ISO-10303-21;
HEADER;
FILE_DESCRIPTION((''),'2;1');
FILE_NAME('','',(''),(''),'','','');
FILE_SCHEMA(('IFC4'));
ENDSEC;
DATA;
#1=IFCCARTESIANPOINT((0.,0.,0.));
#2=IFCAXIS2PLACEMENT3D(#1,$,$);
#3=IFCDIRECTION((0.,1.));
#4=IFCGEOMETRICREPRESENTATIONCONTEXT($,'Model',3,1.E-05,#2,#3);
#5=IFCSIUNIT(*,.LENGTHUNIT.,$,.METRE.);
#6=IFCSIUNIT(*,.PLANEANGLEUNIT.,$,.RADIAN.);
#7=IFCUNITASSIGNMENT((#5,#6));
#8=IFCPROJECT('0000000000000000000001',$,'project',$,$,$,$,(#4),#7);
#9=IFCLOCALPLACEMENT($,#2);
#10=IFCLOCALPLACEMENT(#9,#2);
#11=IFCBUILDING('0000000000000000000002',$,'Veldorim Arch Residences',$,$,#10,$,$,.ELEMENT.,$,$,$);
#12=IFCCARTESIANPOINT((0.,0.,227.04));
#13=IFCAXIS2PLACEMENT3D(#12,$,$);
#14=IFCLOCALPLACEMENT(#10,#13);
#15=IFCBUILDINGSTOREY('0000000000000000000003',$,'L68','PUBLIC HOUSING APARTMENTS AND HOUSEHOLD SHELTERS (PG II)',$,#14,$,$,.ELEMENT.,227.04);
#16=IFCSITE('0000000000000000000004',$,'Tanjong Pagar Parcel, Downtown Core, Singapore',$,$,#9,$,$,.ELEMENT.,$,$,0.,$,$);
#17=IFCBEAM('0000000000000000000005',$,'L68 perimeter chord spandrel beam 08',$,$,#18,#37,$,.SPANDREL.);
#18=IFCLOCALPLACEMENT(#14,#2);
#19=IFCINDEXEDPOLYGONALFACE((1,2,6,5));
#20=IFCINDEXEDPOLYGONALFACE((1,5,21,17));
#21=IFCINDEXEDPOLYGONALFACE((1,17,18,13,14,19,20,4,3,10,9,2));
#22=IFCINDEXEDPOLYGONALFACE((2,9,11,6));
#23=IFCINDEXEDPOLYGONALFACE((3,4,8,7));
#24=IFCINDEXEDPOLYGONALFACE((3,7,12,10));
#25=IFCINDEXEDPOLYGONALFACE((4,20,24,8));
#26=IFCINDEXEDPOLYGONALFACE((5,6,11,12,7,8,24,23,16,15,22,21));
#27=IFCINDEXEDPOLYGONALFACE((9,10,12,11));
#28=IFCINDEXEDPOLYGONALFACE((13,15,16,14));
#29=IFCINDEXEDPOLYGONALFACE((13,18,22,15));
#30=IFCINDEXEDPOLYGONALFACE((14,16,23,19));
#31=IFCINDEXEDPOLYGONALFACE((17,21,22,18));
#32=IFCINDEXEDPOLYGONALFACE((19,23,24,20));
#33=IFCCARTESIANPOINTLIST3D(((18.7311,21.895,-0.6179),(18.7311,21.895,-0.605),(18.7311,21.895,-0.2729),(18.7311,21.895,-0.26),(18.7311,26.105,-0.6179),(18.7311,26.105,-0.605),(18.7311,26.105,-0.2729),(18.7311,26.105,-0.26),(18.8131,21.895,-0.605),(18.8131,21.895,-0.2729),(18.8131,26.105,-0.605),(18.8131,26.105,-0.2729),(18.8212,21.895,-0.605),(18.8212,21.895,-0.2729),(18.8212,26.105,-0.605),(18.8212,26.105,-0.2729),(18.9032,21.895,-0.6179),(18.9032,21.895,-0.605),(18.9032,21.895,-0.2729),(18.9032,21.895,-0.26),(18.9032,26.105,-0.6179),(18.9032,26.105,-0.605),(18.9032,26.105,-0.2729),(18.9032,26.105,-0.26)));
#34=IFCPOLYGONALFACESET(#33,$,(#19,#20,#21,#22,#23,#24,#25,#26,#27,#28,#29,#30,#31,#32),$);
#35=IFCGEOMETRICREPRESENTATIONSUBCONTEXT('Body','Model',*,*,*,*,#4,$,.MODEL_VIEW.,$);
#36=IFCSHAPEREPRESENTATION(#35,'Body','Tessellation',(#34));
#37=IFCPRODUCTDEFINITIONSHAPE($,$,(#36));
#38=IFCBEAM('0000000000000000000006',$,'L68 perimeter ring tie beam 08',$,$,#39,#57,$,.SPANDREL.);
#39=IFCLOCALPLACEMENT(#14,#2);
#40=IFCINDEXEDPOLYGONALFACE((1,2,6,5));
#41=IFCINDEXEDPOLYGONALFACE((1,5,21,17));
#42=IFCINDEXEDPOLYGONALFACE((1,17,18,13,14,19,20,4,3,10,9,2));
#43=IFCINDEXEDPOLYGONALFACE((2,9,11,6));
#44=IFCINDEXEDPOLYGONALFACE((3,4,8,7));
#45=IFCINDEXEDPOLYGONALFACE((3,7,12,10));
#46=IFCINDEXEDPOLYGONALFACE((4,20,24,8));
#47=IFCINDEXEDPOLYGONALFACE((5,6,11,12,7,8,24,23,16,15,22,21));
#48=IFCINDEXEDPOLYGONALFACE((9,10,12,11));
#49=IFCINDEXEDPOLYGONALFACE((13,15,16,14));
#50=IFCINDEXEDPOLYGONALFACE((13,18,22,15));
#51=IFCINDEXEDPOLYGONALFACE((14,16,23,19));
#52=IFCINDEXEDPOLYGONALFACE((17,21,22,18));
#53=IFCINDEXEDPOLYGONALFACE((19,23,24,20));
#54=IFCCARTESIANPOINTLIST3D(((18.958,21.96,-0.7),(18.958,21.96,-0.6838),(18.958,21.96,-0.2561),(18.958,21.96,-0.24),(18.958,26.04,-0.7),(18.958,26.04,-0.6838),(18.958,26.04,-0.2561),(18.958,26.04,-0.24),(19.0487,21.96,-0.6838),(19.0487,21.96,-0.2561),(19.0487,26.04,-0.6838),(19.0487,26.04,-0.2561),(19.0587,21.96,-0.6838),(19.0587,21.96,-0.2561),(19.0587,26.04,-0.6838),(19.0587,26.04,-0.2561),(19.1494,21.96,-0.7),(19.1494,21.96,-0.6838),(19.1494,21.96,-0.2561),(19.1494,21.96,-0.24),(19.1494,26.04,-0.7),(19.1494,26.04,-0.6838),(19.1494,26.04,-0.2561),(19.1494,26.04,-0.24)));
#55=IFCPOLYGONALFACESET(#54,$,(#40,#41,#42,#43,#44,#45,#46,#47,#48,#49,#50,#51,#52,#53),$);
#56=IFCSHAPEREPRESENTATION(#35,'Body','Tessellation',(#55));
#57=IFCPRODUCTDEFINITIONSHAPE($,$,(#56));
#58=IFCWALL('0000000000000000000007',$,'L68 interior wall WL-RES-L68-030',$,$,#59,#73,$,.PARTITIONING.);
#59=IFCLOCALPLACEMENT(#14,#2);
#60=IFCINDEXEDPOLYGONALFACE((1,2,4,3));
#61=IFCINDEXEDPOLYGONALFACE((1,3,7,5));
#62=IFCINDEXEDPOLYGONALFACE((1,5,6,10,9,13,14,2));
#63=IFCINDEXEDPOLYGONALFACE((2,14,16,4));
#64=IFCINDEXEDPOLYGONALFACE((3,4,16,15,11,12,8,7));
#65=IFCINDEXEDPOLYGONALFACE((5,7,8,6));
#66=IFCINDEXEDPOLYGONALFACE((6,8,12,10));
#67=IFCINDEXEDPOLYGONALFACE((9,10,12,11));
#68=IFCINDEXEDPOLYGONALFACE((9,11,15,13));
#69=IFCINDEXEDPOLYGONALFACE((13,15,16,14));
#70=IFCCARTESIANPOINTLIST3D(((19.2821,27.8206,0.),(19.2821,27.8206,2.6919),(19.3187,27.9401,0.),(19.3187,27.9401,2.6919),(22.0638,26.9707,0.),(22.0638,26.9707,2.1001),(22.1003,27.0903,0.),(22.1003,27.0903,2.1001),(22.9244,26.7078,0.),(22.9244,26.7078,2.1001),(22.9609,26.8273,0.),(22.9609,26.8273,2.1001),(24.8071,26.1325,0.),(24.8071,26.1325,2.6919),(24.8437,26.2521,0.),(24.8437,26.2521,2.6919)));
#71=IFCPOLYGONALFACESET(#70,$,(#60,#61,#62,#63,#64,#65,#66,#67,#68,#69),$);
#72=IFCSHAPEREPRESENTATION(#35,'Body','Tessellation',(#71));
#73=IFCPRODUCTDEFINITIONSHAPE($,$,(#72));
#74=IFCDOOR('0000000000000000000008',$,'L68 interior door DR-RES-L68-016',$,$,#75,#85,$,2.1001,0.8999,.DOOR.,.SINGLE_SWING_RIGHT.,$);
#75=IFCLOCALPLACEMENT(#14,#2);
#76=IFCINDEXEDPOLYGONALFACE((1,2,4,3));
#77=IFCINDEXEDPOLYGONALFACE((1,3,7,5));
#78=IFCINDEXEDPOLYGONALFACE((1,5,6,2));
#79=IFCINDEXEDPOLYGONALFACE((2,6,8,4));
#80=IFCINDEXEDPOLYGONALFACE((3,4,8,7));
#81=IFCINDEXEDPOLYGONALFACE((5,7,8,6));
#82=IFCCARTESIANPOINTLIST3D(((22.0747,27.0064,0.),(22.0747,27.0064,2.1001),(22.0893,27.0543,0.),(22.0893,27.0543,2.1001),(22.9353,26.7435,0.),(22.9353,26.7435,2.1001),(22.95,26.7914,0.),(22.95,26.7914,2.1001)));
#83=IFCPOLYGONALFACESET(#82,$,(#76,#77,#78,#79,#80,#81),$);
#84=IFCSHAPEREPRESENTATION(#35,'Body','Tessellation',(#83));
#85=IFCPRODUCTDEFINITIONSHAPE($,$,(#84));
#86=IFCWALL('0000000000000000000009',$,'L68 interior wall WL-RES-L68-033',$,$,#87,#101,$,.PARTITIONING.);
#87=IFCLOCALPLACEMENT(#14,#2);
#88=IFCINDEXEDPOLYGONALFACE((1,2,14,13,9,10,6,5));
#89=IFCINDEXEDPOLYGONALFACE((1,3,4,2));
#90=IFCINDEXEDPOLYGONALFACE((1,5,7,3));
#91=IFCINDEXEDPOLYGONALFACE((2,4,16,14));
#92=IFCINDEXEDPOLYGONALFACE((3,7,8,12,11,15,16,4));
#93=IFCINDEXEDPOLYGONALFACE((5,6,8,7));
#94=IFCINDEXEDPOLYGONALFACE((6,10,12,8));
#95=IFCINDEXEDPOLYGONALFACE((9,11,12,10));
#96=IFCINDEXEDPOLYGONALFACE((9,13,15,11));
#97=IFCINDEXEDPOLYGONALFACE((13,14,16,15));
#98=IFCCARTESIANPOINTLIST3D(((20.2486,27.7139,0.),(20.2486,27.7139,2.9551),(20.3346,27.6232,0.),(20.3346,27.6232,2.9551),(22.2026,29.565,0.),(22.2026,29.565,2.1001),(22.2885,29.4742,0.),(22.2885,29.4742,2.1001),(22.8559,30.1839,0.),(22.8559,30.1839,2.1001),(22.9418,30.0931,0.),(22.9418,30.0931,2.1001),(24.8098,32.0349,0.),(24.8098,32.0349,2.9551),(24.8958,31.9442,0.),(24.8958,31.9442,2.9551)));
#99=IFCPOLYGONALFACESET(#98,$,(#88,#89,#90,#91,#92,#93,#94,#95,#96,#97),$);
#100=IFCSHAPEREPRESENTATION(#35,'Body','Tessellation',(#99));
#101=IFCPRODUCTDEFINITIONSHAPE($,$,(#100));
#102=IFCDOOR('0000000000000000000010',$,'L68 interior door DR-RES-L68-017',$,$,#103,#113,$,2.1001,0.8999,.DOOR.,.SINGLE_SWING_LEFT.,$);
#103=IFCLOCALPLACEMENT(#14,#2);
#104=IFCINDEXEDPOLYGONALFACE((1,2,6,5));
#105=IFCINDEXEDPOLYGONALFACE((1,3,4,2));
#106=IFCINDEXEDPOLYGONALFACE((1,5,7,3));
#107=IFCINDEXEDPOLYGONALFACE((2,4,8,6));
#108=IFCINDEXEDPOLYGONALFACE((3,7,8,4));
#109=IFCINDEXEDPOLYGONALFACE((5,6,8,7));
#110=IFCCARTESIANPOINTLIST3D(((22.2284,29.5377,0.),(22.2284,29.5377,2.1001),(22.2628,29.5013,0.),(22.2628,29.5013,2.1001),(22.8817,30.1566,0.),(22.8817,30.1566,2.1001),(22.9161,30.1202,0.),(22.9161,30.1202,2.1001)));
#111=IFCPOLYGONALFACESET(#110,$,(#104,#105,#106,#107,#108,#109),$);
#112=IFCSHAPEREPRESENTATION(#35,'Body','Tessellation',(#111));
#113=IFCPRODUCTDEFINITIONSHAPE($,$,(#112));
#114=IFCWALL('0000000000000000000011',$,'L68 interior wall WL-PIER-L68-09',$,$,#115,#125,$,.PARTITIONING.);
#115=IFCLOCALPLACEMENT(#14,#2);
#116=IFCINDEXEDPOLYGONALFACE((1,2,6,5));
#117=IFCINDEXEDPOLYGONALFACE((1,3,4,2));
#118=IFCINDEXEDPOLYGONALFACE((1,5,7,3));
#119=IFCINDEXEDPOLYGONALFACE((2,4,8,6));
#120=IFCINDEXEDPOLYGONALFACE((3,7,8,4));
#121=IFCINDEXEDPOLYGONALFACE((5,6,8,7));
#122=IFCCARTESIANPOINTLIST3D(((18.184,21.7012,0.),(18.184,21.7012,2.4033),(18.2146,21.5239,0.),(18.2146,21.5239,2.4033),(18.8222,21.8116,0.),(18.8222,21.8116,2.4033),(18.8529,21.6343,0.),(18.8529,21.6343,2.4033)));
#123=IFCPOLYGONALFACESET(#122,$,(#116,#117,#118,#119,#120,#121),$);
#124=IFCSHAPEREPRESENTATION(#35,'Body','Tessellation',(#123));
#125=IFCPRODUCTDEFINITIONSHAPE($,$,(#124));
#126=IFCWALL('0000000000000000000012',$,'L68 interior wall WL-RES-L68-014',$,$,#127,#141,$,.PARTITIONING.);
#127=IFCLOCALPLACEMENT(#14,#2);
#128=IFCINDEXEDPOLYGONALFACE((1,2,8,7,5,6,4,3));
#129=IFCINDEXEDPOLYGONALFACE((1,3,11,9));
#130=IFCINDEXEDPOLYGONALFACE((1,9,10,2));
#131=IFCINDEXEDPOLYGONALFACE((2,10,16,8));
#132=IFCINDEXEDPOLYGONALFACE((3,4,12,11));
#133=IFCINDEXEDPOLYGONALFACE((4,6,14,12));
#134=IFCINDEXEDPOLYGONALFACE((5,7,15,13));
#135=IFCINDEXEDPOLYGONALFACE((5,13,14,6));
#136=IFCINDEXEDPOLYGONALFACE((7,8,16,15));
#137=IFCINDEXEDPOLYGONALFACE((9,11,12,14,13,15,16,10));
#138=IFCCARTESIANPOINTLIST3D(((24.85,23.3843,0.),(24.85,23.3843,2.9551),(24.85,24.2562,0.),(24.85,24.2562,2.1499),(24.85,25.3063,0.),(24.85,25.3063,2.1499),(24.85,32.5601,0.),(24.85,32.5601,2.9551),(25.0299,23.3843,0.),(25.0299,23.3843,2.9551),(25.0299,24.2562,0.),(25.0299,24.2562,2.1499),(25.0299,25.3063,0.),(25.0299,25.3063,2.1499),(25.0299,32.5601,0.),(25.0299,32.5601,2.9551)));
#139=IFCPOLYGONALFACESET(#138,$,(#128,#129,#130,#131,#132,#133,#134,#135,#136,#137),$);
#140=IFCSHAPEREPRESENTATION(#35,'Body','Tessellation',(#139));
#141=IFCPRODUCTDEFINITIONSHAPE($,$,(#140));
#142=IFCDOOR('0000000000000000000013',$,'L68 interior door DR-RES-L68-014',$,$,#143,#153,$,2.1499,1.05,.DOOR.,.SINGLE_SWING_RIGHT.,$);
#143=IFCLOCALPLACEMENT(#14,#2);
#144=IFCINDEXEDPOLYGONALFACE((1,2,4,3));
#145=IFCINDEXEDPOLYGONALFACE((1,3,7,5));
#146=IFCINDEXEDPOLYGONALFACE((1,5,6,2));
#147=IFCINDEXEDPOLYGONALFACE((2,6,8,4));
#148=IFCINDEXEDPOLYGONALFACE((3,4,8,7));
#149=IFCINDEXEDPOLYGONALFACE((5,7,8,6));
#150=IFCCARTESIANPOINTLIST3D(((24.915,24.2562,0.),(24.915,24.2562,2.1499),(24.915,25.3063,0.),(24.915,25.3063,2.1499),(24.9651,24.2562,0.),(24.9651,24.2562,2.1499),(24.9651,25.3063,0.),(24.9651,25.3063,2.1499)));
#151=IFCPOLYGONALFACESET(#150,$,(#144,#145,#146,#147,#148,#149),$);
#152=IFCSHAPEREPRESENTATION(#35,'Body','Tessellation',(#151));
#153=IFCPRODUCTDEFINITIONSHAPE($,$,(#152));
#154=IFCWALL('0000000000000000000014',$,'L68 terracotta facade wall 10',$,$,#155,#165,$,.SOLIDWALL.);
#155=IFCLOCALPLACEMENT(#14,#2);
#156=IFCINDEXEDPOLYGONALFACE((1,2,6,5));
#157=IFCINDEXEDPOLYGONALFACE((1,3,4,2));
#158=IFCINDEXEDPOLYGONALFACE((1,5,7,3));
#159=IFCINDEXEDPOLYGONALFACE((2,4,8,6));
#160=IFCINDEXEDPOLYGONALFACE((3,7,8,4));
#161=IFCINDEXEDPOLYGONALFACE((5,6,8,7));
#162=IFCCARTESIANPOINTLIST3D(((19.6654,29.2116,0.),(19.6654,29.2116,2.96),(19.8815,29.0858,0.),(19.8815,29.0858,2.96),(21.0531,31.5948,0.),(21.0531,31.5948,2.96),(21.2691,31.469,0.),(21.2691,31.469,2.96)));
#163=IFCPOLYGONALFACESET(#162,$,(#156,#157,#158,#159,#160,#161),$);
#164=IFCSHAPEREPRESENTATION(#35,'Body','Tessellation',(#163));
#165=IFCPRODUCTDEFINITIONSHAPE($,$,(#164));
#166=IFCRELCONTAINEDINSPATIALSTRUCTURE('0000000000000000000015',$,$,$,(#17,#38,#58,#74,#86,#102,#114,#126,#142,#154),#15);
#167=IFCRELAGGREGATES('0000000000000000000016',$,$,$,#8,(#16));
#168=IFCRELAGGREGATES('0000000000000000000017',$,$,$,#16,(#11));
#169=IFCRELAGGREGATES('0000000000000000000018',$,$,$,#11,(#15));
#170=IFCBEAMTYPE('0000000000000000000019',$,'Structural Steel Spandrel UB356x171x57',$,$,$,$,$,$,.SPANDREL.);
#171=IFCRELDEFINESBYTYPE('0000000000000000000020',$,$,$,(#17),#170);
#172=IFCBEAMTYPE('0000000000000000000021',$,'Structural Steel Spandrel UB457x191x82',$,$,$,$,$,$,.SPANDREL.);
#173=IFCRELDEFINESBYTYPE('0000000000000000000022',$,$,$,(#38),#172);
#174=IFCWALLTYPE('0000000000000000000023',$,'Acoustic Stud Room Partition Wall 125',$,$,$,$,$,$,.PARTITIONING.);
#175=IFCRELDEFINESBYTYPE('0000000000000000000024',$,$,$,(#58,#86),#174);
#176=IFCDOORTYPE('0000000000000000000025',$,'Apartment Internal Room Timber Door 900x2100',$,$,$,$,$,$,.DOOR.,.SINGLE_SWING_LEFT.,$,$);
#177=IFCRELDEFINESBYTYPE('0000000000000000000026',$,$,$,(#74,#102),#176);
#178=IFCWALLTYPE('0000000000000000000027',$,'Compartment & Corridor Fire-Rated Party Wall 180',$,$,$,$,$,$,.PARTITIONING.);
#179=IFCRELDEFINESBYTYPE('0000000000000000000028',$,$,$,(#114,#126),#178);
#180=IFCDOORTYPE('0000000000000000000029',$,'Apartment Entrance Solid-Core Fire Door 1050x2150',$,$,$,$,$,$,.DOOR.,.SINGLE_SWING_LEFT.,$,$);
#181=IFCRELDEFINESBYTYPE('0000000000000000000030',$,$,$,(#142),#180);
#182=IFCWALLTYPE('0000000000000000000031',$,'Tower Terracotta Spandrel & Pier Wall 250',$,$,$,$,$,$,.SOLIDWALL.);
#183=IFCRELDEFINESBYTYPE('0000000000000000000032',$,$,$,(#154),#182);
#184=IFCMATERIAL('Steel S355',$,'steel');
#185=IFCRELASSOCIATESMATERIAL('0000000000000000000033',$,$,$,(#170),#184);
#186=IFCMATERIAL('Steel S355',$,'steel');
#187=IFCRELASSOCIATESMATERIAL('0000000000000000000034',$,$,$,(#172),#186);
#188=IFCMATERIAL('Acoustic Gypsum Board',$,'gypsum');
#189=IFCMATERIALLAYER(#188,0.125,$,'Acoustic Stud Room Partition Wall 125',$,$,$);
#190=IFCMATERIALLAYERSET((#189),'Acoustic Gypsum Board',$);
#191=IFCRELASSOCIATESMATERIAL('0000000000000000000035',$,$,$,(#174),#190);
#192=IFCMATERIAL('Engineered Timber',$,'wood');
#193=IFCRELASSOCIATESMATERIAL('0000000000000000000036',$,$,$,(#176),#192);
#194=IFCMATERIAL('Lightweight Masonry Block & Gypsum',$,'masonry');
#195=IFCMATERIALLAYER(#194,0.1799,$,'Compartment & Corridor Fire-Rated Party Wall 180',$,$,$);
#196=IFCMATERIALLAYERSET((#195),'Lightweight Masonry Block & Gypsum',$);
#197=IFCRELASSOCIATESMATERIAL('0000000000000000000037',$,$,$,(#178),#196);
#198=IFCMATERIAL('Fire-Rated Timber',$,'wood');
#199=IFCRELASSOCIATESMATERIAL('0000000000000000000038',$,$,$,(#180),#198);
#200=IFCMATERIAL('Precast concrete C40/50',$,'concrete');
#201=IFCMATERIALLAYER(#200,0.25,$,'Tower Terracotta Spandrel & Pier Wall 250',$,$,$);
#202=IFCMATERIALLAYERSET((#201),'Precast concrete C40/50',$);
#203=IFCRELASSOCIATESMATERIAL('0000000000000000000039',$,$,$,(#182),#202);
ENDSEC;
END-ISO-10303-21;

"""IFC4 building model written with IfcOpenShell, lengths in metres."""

from ifc_helpers import new_model, si_unit, direction, frame, frame_2d, origin, origin_2d, place, context, subcontext, project, spatial, rectangle, i_section, extrude, material, layer, layer_set, material_profile, profile_set, type_object, element, fill, save


model = new_model("IFC4")

# Units and contexts
model_context = context("Model", 3, precision=1e-05, world=origin(), true_north=direction((0.0, 1.0)))
body_context = subcontext(model_context, "Body", "Model", "MODEL_VIEW")
ifc_project = project(units=[si_unit("LENGTHUNIT", "METRE"), si_unit("PLANEANGLEUNIT", "RADIAN")], contexts=[model_context])

# Site, building, storey
site_placement = place(None, origin())
site = spatial("IfcSite", under=ifc_project, at=site_placement, Name="Tanjong Pagar Parcel, Downtown Core, Singapore", CompositionType="ELEMENT", RefElevation=0.0)
building_placement = place(site_placement, origin())
building = spatial("IfcBuilding", under=site, at=building_placement, Name="Veldorim Arch Residences", CompositionType="ELEMENT")
storey_placement = place(building_placement, frame((0.0, 0.0, 227.04)))
storey = spatial("IfcBuildingStorey", under=building, at=storey_placement, Name="L68", Description="PUBLIC HOUSING APARTMENTS AND HOUSEHOLD SHELTERS (PG II)", CompositionType="ELEMENT", Elevation=227.04)

# Beams
ifc_material_1 = material(Name="Steel S355", Category="steel")
ifc_material_profile_1 = material_profile(ifc_material_1, i_section(OverallWidth=0.1721, OverallDepth=0.3579, WebThickness=0.0081, FlangeThickness=0.0129, at=origin_2d()), Name="UB356x171x57")
ifc_profile_set_1 = profile_set([ifc_material_profile_1], Name="Steel S355")
beam_type_1 = type_object("IfcBeamType", Name="Structural Steel Spandrel UB356x171x57", PredefinedType="SPANDREL", material=ifc_profile_set_1)
beam_1_placement = place(storey_placement, frame((18.8171, 26.105, -0.439), z_axis=(0.0, -1.0, 0.0), x_axis=(1.0, 0.0, 0.0)))
element("IfcBeam", 1, at=beam_1_placement, inside=storey, type_object=beam_type_1, Name="L68 perimeter chord spandrel beam 08", PredefinedType="SPANDREL", context=body_context, shape_type="SweptSolid", body=[
    extrude(i_section(OverallWidth=0.1721, OverallDepth=0.3579, WebThickness=0.0081, FlangeThickness=0.0129, at=origin_2d()), origin(), (0.0, 0.0, 1.0), 4.21),
])
ifc_material_2 = material(Name="Steel S355", Category="steel")
ifc_material_profile_2 = material_profile(ifc_material_2, i_section(OverallWidth=0.1914, OverallDepth=0.46, WebThickness=0.01, FlangeThickness=0.0161, at=origin_2d()), Name="UB457x191x82")
ifc_profile_set_2 = profile_set([ifc_material_profile_2], Name="Steel S355")
beam_type_2 = type_object("IfcBeamType", Name="Structural Steel Spandrel UB457x191x82", PredefinedType="SPANDREL", material=ifc_profile_set_2)
beam_2_placement = place(storey_placement, frame((19.0537, 26.04, -0.47), z_axis=(0.0, -1.0, 0.0), x_axis=(1.0, 0.0, 0.0)))
element("IfcBeam", 2, at=beam_2_placement, inside=storey, type_object=beam_type_2, Name="L68 perimeter ring tie beam 08", PredefinedType="SPANDREL", context=body_context, shape_type="SweptSolid", body=[
    extrude(i_section(OverallWidth=0.1914, OverallDepth=0.46, WebThickness=0.01, FlangeThickness=0.0161, at=origin_2d()), origin(), (0.0, 0.0, 1.0), 4.0801),
])

# Walls, openings, doors
ifc_material_3 = material(Name="Acoustic Gypsum Board", Category="gypsum")
ifc_layer_1 = layer(ifc_material_3, 0.125, Name="Acoustic Stud Room Partition Wall 125")
ifc_layer_set_1 = layer_set([ifc_layer_1], Name="Acoustic Gypsum Board")
wall_type_1 = type_object("IfcWallType", Name="Acoustic Stud Room Partition Wall 125", PredefinedType="PARTITIONING", material=ifc_layer_set_1)
wall_1_placement = place(storey_placement, frame((19.3003, 27.8804, 0.0), z_axis=(0.0, 0.0, 1.0), x_axis=(0.95636, -0.292191, 0.0)))
wall_1 = element("IfcWall", 3, at=wall_1_placement, inside=storey, type_object=wall_type_1, Name="L68 interior wall WL-RES-L68-030", PredefinedType="PARTITIONING", context=body_context, shape_type="SweptSolid", body=[
    extrude(rectangle(XDim=5.7771, YDim=0.125, at=frame_2d((2.8887, 0.0))), origin(), (0.0, 0.0, 1.0), 2.6919),
])
opening_1_placement = place(wall_1_placement, frame((2.9087, 0.0, 0.0)))
opening_1 = element("IfcOpeningElement", 4, at=opening_1_placement, cuts=wall_1, PredefinedType="OPENING", context=body_context, shape_type="SweptSolid", body=[
    extrude(rectangle(XDim=0.8999, YDim=2.1001, at=frame_2d((0.45, 1.05))), frame((0.0, 0.0725, 0.0), z_axis=(0.0, -1.0, 0.0), x_axis=(1.0, 0.0, 0.0)), (0.0, 0.0, 1.0), 0.145),
])
ifc_material_4 = material(Name="Engineered Timber", Category="wood")
door_type_1 = type_object("IfcDoorType", Name="Apartment Internal Room Timber Door 900x2100", OperationType="SINGLE_SWING_LEFT", PredefinedType="DOOR", material=ifc_material_4)
door_1_placement = place(opening_1_placement, origin())
door_1 = element("IfcDoor", 5, at=door_1_placement, inside=storey, type_object=door_type_1, Name="L68 interior door DR-RES-L68-016", OperationType="SINGLE_SWING_RIGHT", OverallHeight=2.1001, OverallWidth=0.8999, PredefinedType="DOOR", context=body_context, shape_type="SweptSolid", body=[
    extrude(rectangle(XDim=0.8999, YDim=2.1001, at=frame_2d((0.45, 1.05))), frame((0.0, 0.0249, 0.0), z_axis=(0.0, -1.0, 0.0), x_axis=(1.0, 0.0, 0.0)), (0.0, 0.0, 1.0), 0.05),
])
fill(opening_1, door_1)
wall_2_placement = place(storey_placement, frame((20.2915, 27.6685, 0.0), z_axis=(0.0, 0.0, 1.0), x_axis=(0.725966, 0.687731, 0.0)))
wall_2 = element("IfcWall", 6, at=wall_2_placement, inside=storey, type_object=wall_type_1, Name="L68 interior wall WL-RES-L68-033", PredefinedType="PARTITIONING", context=body_context, shape_type="SweptSolid", body=[
    extrude(rectangle(XDim=6.283, YDim=0.125, at=frame_2d((3.1416, 0.0))), origin(), (0.0, 0.0, 1.0), 2.9551),
])
opening_2_placement = place(wall_2_placement, frame((2.6917, 0.0, 0.0)))
opening_2 = element("IfcOpeningElement", 7, at=opening_2_placement, cuts=wall_2, PredefinedType="OPENING", context=body_context, shape_type="SweptSolid", body=[
    extrude(rectangle(XDim=0.8999, YDim=2.1001, at=frame_2d((0.45, 1.05))), frame((0.0, 0.0725, 0.0), z_axis=(0.0, -1.0, 0.0), x_axis=(1.0, 0.0, 0.0)), (0.0, 0.0, 1.0), 0.145),
])
door_2_placement = place(opening_2_placement, origin())
door_2 = element("IfcDoor", 8, at=door_2_placement, inside=storey, type_object=door_type_1, Name="L68 interior door DR-RES-L68-017", OperationType="SINGLE_SWING_LEFT", OverallHeight=2.1001, OverallWidth=0.8999, PredefinedType="DOOR", context=body_context, shape_type="SweptSolid", body=[
    extrude(rectangle(XDim=0.8999, YDim=2.1001, at=frame_2d((0.45, 1.05))), frame((0.0, 0.0249, 0.0), z_axis=(0.0, -1.0, 0.0), x_axis=(1.0, 0.0, 0.0)), (0.0, 0.0, 1.0), 0.05),
])
fill(opening_2, door_2)

# Wall
ifc_material_5 = material(Name="Lightweight Masonry Block & Gypsum", Category="masonry")
ifc_layer_2 = layer(ifc_material_5, 0.1799, Name="Compartment & Corridor Fire-Rated Party Wall 180")
ifc_layer_set_2 = layer_set([ifc_layer_2], Name="Lightweight Masonry Block & Gypsum")
wall_type_2 = type_object("IfcWallType", Name="Compartment & Corridor Fire-Rated Party Wall 180", PredefinedType="PARTITIONING", material=ifc_layer_set_2)
wall_3_placement = place(storey_placement, frame((18.8374, 21.7229, 0.0), z_axis=(0.0, 0.0, 1.0), x_axis=(-0.985377, -0.170387, 0.0)))
element("IfcWall", 9, at=wall_3_placement, inside=storey, type_object=wall_type_2, Name="L68 interior wall WL-PIER-L68-09", PredefinedType="PARTITIONING", context=body_context, shape_type="SweptSolid", body=[
    extrude(rectangle(XDim=0.6477, YDim=0.1799, at=frame_2d((0.3237, 0.0))), origin(), (0.0, 0.0, 1.0), 2.4033),
])

# Wall, opening, door
wall_4_placement = place(storey_placement, frame((24.9399, 23.3843, 0.0), z_axis=(0.0, 0.0, 1.0), x_axis=(0.0, 1.0, 0.0)))
wall_4 = element("IfcWall", 10, at=wall_4_placement, inside=storey, type_object=wall_type_2, Name="L68 interior wall WL-RES-L68-014", PredefinedType="PARTITIONING", context=body_context, shape_type="SweptSolid", body=[
    extrude(rectangle(XDim=9.1758, YDim=0.1799, at=frame_2d((4.5879, 0.0))), origin(), (0.0, 0.0, 1.0), 2.9551),
])
opening_3_placement = place(wall_4_placement, frame((0.8721, 0.0, 0.0)))
opening_3 = element("IfcOpeningElement", 11, at=opening_3_placement, cuts=wall_4, PredefinedType="OPENING", context=body_context, shape_type="SweptSolid", body=[
    extrude(rectangle(XDim=1.05, YDim=2.1499, at=frame_2d((0.5249, 1.075))), frame((0.0, 0.0999, 0.0), z_axis=(0.0, -1.0, 0.0), x_axis=(1.0, 0.0, 0.0)), (0.0, 0.0, 1.0), 0.2),
])
ifc_material_6 = material(Name="Fire-Rated Timber", Category="wood")
door_type_2 = type_object("IfcDoorType", Name="Apartment Entrance Solid-Core Fire Door 1050x2150", OperationType="SINGLE_SWING_LEFT", PredefinedType="DOOR", material=ifc_material_6)
door_3_placement = place(opening_3_placement, origin())
door_3 = element("IfcDoor", 12, at=door_3_placement, inside=storey, type_object=door_type_2, Name="L68 interior door DR-RES-L68-014", OperationType="SINGLE_SWING_RIGHT", OverallHeight=2.1499, OverallWidth=1.05, PredefinedType="DOOR", context=body_context, shape_type="SweptSolid", body=[
    extrude(rectangle(XDim=1.05, YDim=2.1499, at=frame_2d((0.5249, 1.075))), frame((0.0, 0.0249, 0.0), z_axis=(0.0, -1.0, 0.0), x_axis=(1.0, 0.0, 0.0)), (0.0, 0.0, 1.0), 0.05),
])
fill(opening_3, door_3)

# Wall
ifc_material_7 = material(Name="Precast concrete C40/50", Category="concrete")
ifc_layer_3 = layer(ifc_material_7, 0.25, Name="Tower Terracotta Spandrel & Pier Wall 250")
ifc_layer_set_3 = layer_set([ifc_layer_3], Name="Precast concrete C40/50")
wall_type_3 = type_object("IfcWallType", Name="Tower Terracotta Spandrel & Pier Wall 250", PredefinedType="SOLIDWALL", material=ifc_layer_set_3)
wall_5_placement = place(storey_placement, frame((19.7734, 29.1487, 0.0), z_axis=(0.0, 0.0, 1.0), x_axis=(0.503177, 0.864183, 0.0)))
element("IfcWall", 13, at=wall_5_placement, inside=storey, type_object=wall_type_3, Name="L68 terracotta facade wall 10", PredefinedType="SOLIDWALL", context=body_context, shape_type="SweptSolid", body=[
    extrude(rectangle(XDim=2.7578, YDim=0.25, at=frame_2d((1.3789, 0.0))), origin(), (0.0, 0.0, 1.0), 2.96),
])

save(model, "model.ifc")
